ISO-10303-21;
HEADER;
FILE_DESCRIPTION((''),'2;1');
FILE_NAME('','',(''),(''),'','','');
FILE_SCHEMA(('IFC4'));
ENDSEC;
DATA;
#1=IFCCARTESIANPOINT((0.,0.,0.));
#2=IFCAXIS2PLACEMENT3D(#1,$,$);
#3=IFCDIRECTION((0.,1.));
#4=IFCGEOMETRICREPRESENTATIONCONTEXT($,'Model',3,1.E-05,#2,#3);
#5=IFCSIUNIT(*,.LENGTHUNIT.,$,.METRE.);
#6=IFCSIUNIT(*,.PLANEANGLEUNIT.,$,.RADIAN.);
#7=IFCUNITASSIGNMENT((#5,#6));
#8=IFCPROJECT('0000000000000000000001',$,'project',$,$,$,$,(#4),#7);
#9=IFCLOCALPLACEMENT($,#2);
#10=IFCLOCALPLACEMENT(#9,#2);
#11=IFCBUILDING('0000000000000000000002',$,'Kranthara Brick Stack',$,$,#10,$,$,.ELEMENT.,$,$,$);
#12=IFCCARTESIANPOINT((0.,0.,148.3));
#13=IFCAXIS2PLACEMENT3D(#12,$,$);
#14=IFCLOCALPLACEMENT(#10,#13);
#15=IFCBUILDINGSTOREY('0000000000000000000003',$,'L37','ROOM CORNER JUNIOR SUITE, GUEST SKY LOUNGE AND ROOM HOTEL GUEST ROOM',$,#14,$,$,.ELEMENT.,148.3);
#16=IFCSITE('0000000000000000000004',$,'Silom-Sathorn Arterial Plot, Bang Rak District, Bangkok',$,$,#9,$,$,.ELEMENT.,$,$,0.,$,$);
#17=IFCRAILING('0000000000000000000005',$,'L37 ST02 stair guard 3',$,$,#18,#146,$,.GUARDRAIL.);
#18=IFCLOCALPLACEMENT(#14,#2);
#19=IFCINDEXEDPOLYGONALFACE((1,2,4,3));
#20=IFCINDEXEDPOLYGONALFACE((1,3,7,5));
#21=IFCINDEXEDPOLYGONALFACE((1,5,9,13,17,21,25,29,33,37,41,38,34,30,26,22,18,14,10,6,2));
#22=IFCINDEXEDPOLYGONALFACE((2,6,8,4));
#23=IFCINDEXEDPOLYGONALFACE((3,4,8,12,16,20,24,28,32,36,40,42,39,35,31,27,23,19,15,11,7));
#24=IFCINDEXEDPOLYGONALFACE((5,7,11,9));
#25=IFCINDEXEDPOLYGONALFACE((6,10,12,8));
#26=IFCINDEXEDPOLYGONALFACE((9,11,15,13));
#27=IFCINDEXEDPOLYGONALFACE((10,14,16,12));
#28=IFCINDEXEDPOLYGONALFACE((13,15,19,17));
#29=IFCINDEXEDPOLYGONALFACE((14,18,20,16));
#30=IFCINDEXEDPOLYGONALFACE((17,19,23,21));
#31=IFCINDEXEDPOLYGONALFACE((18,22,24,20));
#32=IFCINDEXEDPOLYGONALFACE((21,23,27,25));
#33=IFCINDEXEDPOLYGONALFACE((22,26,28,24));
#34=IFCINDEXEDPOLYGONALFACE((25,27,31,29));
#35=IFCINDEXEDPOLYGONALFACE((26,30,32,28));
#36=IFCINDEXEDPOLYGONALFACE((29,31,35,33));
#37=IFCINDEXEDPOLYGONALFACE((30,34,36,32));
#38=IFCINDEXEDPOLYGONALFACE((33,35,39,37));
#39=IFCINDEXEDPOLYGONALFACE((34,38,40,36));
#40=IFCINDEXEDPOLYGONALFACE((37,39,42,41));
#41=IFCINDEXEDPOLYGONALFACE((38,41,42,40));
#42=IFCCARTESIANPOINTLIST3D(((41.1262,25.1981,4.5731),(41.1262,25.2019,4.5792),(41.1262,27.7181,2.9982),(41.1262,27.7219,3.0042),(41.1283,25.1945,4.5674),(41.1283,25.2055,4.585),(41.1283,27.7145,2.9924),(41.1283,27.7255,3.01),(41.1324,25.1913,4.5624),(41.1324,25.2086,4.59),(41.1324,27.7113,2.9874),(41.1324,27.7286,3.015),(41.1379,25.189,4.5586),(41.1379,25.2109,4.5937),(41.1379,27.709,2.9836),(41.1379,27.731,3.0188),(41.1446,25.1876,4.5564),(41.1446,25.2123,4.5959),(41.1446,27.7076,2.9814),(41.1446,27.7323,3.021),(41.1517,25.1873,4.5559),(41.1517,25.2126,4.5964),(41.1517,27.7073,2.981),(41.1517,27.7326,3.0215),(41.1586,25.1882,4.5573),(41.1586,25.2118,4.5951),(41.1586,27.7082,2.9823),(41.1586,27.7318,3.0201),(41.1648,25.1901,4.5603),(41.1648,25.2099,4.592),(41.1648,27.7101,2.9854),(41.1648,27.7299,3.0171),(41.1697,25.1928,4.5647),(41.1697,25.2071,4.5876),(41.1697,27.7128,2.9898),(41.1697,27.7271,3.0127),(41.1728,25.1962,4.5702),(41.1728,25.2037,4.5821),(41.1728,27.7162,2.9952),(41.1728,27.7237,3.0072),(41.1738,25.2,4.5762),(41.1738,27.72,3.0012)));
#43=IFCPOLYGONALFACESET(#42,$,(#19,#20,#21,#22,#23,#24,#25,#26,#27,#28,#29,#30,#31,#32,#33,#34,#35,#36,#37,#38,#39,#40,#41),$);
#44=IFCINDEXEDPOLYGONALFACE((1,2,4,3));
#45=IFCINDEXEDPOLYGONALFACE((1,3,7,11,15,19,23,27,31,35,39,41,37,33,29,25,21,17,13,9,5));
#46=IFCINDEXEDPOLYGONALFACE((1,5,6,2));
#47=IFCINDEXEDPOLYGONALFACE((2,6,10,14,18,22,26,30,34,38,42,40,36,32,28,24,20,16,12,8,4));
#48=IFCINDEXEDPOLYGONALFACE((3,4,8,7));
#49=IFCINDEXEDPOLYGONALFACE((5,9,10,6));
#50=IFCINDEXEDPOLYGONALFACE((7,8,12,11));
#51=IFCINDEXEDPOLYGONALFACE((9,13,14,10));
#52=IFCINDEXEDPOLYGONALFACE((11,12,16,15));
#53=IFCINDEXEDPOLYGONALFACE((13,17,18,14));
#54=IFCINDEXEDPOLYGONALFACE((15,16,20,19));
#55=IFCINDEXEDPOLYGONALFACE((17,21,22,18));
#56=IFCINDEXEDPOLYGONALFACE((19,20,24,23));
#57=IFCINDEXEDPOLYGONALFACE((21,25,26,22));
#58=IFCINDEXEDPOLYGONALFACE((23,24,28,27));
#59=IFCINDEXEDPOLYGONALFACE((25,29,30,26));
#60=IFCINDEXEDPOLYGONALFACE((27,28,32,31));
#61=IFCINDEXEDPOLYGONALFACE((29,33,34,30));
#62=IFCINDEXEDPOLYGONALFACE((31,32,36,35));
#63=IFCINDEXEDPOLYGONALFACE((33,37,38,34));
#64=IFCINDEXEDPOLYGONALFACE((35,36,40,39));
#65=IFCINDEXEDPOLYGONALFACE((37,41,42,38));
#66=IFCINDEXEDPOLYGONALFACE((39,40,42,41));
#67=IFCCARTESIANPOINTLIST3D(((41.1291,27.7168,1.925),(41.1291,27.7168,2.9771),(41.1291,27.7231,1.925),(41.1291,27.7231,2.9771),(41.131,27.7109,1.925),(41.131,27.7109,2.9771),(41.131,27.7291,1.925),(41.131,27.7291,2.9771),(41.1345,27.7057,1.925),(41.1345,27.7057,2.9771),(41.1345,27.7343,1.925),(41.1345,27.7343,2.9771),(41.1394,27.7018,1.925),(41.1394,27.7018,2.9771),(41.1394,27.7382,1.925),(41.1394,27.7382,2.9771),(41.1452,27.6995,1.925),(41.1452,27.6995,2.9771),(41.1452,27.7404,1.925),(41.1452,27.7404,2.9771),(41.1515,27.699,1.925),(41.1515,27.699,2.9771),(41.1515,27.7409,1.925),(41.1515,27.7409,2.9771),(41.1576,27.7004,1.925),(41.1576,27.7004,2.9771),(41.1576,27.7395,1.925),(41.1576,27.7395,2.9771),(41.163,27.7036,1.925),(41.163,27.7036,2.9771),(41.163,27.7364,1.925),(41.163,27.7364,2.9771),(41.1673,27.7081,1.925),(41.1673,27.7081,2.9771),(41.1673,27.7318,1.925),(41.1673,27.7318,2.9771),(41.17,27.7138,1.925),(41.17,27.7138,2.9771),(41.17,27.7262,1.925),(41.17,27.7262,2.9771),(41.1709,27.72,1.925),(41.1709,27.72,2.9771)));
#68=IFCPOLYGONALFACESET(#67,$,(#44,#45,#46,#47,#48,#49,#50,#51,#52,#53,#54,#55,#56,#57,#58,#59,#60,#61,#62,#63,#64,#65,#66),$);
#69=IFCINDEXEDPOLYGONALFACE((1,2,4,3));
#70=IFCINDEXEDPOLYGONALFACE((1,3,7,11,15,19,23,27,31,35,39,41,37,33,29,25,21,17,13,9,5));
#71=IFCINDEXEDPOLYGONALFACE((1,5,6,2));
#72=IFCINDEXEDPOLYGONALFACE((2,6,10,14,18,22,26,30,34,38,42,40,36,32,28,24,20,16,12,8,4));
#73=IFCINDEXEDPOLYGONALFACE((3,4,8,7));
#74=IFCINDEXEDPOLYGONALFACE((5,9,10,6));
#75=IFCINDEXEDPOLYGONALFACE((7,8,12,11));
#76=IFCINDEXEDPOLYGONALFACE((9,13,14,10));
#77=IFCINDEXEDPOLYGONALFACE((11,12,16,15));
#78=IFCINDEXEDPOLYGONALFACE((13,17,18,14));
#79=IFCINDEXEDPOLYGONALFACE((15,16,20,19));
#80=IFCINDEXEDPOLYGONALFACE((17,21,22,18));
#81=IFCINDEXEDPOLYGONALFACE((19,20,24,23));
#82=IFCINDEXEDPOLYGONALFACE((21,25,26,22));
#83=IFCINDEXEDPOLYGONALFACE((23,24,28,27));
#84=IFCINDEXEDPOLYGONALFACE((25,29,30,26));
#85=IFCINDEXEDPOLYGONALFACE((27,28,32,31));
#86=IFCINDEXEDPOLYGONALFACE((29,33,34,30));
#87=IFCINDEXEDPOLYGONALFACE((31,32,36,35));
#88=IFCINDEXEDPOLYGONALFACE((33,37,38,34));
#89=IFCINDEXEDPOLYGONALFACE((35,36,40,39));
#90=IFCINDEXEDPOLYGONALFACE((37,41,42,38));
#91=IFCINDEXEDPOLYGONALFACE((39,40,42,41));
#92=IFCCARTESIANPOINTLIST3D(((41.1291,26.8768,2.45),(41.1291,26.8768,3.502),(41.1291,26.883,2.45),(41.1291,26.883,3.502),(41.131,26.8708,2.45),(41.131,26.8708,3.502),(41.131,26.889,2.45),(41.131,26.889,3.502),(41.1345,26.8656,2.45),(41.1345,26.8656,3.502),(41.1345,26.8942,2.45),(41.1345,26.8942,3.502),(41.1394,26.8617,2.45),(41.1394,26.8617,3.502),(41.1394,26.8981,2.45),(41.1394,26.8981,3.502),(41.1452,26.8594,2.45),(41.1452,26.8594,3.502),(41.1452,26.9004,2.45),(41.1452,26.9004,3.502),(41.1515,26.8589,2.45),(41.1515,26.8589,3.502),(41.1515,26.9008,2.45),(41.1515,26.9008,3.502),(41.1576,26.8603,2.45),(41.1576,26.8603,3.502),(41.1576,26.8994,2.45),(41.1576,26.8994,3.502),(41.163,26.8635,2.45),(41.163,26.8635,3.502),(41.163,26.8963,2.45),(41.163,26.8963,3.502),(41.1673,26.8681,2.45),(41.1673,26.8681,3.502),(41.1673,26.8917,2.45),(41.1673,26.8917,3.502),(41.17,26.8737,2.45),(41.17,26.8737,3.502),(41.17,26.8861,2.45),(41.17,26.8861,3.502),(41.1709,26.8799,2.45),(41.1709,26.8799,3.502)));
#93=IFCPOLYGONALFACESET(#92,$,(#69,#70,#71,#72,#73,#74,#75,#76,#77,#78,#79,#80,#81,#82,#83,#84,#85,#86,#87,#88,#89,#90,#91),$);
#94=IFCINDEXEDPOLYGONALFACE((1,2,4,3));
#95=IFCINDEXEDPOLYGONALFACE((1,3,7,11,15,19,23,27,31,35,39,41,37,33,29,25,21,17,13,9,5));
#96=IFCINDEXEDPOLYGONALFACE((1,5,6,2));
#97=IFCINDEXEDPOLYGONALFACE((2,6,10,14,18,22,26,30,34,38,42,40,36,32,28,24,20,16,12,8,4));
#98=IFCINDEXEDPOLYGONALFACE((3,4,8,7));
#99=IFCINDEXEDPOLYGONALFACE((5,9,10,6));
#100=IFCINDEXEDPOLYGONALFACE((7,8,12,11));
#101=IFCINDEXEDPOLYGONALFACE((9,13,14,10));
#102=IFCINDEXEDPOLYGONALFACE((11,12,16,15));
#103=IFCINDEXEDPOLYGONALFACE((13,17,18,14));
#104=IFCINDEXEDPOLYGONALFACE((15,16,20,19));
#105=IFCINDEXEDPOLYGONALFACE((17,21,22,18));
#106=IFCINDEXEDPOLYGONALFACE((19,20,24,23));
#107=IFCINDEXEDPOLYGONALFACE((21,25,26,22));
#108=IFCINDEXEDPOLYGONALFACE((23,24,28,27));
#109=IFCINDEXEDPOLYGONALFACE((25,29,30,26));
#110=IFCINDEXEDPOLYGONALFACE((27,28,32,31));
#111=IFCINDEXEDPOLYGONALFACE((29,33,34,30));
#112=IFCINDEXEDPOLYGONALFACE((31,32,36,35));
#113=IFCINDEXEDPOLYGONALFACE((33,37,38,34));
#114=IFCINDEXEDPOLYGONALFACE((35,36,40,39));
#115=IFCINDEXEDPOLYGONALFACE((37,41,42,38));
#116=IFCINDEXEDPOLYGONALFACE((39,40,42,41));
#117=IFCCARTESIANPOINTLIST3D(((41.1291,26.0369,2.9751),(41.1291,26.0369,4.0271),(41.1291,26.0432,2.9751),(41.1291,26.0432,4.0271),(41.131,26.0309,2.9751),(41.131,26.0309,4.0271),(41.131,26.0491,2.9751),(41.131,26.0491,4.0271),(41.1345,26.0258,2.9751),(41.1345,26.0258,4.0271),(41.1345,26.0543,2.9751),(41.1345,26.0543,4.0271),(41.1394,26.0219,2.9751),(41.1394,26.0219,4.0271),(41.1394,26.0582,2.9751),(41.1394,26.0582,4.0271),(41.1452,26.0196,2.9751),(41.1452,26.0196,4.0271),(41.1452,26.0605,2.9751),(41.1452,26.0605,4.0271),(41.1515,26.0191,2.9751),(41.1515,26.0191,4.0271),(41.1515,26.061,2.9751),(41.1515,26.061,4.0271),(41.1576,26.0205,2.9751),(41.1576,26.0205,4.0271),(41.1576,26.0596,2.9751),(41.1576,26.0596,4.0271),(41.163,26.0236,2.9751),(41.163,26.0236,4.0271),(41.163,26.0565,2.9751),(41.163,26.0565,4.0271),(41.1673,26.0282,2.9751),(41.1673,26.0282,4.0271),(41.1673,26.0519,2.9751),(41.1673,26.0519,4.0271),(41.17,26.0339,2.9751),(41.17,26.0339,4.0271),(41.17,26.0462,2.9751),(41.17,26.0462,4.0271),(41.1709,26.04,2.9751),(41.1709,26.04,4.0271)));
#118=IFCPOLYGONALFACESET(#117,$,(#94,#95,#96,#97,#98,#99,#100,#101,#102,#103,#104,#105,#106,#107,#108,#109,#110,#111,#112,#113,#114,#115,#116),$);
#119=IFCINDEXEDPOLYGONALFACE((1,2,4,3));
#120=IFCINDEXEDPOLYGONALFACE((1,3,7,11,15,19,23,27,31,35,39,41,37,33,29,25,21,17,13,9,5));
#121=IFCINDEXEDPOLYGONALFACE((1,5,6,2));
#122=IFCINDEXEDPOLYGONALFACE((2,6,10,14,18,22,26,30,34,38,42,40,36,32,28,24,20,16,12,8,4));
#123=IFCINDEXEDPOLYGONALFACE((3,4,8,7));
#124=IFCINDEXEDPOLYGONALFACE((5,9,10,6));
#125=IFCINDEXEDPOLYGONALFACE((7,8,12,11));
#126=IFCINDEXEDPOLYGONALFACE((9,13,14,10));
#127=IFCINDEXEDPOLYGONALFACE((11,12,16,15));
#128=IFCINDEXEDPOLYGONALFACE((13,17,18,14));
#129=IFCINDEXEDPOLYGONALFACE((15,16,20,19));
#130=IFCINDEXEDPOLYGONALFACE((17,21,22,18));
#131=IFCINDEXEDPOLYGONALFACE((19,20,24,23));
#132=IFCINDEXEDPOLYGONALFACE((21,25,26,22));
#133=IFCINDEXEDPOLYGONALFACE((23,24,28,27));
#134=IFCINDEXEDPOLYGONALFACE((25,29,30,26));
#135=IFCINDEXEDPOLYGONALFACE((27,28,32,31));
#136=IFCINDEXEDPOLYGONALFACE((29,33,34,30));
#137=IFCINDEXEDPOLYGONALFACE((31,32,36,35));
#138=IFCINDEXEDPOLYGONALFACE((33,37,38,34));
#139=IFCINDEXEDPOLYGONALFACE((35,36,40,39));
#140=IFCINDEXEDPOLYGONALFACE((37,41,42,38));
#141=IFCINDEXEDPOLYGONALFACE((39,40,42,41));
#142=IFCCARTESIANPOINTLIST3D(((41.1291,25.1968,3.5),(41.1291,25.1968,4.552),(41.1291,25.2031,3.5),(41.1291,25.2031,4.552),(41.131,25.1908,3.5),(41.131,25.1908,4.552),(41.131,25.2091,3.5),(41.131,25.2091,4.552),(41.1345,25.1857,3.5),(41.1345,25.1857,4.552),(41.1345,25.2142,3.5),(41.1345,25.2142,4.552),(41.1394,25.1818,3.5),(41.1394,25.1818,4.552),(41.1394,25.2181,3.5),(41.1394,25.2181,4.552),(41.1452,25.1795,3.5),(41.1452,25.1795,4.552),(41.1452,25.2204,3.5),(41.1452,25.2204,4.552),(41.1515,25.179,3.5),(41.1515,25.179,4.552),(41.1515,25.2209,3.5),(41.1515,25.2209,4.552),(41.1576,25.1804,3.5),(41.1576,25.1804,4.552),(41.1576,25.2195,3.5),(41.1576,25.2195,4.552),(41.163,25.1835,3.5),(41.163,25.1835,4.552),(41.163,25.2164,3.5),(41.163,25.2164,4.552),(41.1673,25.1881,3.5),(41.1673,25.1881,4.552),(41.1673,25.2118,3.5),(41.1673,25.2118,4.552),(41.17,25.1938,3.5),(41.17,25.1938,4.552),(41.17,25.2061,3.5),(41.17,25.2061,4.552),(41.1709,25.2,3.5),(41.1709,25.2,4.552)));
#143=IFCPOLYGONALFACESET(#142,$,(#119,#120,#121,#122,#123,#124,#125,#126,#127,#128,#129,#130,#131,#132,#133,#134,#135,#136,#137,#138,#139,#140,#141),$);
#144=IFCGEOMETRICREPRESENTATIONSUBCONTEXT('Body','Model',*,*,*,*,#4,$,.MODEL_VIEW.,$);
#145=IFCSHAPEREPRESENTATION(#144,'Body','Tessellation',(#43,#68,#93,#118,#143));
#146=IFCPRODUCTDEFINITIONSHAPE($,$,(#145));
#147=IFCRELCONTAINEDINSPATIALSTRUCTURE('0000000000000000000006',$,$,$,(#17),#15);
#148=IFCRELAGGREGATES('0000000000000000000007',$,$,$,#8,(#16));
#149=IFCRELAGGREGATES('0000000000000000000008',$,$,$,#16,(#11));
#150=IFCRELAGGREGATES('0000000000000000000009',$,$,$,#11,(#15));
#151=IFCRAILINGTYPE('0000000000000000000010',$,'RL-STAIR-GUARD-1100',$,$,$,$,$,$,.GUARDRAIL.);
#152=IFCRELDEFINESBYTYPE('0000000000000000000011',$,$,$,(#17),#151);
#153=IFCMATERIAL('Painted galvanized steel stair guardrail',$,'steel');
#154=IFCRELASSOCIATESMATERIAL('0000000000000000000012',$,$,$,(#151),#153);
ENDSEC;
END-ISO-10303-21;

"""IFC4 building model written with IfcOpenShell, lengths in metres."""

from ifc_helpers import new_model, si_unit, direction, frame, origin, origin_2d, place, context, subcontext, project, spatial, circle, extrude, material, type_object, element, save


model = new_model("IFC4")

# Units and contexts
model_context = context("Model", 3, precision=1e-05, world=origin(), true_north=direction((0.0, 1.0)))
body_context = subcontext(model_context, "Body", "Model", "MODEL_VIEW")
ifc_project = project(units=[si_unit("LENGTHUNIT", "METRE"), si_unit("PLANEANGLEUNIT", "RADIAN")], contexts=[model_context])

# Site, building, storey
site_placement = place(None, origin())
site = spatial("IfcSite", under=ifc_project, at=site_placement, Name="Silom-Sathorn Arterial Plot, Bang Rak District, Bangkok", CompositionType="ELEMENT", RefElevation=0.0)
building_placement = place(site_placement, origin())
building = spatial("IfcBuilding", under=site, at=building_placement, Name="Kranthara Brick Stack", CompositionType="ELEMENT")
storey_placement = place(building_placement, frame((0.0, 0.0, 148.3)))
storey = spatial("IfcBuildingStorey", under=building, at=storey_placement, Name="L37", Description="ROOM CORNER JUNIOR SUITE, GUEST SKY LOUNGE AND ROOM HOTEL GUEST ROOM", CompositionType="ELEMENT", Elevation=148.3)

# Railing
ifc_material_1 = material(Name="Painted galvanized steel stair guardrail", Category="steel")
railing_type_1 = type_object("IfcRailingType", Name="RL-STAIR-GUARD-1100", PredefinedType="GUARDRAIL", material=ifc_material_1)
railing_1_placement = place(storey_placement, frame((41.1499, 27.72, 1.925)))
element("IfcRailing", 1, at=railing_1_placement, inside=storey, type_object=railing_type_1, Name="L37 ST02 stair guard 3", PredefinedType="GUARDRAIL", context=body_context, shape_type="SweptSolid", body=[
    extrude(circle(Radius=0.0239, at=origin_2d()), frame((0.0, 0.0, 1.0762), z_axis=(0.0, -0.848008, 0.529984), x_axis=(1.0, 0.0, 0.0)), (0.0, 0.0, 1.0), 2.9717),
    extrude(circle(Radius=0.021, at=origin_2d()), origin(), (0.0, 0.0, 1.0), 1.052),
    extrude(circle(Radius=0.021, at=origin_2d()), frame((0.0, -0.8401, 0.5249)), (0.0, 0.0, 1.0), 1.052),
    extrude(circle(Radius=0.021, at=origin_2d()), frame((0.0, -1.6799, 1.05)), (0.0, 0.0, 1.0), 1.052),
    extrude(circle(Radius=0.021, at=origin_2d()), frame((0.0, -2.52, 1.575)), (0.0, 0.0, 1.0), 1.052),
])

save(model, "model.ifc")
